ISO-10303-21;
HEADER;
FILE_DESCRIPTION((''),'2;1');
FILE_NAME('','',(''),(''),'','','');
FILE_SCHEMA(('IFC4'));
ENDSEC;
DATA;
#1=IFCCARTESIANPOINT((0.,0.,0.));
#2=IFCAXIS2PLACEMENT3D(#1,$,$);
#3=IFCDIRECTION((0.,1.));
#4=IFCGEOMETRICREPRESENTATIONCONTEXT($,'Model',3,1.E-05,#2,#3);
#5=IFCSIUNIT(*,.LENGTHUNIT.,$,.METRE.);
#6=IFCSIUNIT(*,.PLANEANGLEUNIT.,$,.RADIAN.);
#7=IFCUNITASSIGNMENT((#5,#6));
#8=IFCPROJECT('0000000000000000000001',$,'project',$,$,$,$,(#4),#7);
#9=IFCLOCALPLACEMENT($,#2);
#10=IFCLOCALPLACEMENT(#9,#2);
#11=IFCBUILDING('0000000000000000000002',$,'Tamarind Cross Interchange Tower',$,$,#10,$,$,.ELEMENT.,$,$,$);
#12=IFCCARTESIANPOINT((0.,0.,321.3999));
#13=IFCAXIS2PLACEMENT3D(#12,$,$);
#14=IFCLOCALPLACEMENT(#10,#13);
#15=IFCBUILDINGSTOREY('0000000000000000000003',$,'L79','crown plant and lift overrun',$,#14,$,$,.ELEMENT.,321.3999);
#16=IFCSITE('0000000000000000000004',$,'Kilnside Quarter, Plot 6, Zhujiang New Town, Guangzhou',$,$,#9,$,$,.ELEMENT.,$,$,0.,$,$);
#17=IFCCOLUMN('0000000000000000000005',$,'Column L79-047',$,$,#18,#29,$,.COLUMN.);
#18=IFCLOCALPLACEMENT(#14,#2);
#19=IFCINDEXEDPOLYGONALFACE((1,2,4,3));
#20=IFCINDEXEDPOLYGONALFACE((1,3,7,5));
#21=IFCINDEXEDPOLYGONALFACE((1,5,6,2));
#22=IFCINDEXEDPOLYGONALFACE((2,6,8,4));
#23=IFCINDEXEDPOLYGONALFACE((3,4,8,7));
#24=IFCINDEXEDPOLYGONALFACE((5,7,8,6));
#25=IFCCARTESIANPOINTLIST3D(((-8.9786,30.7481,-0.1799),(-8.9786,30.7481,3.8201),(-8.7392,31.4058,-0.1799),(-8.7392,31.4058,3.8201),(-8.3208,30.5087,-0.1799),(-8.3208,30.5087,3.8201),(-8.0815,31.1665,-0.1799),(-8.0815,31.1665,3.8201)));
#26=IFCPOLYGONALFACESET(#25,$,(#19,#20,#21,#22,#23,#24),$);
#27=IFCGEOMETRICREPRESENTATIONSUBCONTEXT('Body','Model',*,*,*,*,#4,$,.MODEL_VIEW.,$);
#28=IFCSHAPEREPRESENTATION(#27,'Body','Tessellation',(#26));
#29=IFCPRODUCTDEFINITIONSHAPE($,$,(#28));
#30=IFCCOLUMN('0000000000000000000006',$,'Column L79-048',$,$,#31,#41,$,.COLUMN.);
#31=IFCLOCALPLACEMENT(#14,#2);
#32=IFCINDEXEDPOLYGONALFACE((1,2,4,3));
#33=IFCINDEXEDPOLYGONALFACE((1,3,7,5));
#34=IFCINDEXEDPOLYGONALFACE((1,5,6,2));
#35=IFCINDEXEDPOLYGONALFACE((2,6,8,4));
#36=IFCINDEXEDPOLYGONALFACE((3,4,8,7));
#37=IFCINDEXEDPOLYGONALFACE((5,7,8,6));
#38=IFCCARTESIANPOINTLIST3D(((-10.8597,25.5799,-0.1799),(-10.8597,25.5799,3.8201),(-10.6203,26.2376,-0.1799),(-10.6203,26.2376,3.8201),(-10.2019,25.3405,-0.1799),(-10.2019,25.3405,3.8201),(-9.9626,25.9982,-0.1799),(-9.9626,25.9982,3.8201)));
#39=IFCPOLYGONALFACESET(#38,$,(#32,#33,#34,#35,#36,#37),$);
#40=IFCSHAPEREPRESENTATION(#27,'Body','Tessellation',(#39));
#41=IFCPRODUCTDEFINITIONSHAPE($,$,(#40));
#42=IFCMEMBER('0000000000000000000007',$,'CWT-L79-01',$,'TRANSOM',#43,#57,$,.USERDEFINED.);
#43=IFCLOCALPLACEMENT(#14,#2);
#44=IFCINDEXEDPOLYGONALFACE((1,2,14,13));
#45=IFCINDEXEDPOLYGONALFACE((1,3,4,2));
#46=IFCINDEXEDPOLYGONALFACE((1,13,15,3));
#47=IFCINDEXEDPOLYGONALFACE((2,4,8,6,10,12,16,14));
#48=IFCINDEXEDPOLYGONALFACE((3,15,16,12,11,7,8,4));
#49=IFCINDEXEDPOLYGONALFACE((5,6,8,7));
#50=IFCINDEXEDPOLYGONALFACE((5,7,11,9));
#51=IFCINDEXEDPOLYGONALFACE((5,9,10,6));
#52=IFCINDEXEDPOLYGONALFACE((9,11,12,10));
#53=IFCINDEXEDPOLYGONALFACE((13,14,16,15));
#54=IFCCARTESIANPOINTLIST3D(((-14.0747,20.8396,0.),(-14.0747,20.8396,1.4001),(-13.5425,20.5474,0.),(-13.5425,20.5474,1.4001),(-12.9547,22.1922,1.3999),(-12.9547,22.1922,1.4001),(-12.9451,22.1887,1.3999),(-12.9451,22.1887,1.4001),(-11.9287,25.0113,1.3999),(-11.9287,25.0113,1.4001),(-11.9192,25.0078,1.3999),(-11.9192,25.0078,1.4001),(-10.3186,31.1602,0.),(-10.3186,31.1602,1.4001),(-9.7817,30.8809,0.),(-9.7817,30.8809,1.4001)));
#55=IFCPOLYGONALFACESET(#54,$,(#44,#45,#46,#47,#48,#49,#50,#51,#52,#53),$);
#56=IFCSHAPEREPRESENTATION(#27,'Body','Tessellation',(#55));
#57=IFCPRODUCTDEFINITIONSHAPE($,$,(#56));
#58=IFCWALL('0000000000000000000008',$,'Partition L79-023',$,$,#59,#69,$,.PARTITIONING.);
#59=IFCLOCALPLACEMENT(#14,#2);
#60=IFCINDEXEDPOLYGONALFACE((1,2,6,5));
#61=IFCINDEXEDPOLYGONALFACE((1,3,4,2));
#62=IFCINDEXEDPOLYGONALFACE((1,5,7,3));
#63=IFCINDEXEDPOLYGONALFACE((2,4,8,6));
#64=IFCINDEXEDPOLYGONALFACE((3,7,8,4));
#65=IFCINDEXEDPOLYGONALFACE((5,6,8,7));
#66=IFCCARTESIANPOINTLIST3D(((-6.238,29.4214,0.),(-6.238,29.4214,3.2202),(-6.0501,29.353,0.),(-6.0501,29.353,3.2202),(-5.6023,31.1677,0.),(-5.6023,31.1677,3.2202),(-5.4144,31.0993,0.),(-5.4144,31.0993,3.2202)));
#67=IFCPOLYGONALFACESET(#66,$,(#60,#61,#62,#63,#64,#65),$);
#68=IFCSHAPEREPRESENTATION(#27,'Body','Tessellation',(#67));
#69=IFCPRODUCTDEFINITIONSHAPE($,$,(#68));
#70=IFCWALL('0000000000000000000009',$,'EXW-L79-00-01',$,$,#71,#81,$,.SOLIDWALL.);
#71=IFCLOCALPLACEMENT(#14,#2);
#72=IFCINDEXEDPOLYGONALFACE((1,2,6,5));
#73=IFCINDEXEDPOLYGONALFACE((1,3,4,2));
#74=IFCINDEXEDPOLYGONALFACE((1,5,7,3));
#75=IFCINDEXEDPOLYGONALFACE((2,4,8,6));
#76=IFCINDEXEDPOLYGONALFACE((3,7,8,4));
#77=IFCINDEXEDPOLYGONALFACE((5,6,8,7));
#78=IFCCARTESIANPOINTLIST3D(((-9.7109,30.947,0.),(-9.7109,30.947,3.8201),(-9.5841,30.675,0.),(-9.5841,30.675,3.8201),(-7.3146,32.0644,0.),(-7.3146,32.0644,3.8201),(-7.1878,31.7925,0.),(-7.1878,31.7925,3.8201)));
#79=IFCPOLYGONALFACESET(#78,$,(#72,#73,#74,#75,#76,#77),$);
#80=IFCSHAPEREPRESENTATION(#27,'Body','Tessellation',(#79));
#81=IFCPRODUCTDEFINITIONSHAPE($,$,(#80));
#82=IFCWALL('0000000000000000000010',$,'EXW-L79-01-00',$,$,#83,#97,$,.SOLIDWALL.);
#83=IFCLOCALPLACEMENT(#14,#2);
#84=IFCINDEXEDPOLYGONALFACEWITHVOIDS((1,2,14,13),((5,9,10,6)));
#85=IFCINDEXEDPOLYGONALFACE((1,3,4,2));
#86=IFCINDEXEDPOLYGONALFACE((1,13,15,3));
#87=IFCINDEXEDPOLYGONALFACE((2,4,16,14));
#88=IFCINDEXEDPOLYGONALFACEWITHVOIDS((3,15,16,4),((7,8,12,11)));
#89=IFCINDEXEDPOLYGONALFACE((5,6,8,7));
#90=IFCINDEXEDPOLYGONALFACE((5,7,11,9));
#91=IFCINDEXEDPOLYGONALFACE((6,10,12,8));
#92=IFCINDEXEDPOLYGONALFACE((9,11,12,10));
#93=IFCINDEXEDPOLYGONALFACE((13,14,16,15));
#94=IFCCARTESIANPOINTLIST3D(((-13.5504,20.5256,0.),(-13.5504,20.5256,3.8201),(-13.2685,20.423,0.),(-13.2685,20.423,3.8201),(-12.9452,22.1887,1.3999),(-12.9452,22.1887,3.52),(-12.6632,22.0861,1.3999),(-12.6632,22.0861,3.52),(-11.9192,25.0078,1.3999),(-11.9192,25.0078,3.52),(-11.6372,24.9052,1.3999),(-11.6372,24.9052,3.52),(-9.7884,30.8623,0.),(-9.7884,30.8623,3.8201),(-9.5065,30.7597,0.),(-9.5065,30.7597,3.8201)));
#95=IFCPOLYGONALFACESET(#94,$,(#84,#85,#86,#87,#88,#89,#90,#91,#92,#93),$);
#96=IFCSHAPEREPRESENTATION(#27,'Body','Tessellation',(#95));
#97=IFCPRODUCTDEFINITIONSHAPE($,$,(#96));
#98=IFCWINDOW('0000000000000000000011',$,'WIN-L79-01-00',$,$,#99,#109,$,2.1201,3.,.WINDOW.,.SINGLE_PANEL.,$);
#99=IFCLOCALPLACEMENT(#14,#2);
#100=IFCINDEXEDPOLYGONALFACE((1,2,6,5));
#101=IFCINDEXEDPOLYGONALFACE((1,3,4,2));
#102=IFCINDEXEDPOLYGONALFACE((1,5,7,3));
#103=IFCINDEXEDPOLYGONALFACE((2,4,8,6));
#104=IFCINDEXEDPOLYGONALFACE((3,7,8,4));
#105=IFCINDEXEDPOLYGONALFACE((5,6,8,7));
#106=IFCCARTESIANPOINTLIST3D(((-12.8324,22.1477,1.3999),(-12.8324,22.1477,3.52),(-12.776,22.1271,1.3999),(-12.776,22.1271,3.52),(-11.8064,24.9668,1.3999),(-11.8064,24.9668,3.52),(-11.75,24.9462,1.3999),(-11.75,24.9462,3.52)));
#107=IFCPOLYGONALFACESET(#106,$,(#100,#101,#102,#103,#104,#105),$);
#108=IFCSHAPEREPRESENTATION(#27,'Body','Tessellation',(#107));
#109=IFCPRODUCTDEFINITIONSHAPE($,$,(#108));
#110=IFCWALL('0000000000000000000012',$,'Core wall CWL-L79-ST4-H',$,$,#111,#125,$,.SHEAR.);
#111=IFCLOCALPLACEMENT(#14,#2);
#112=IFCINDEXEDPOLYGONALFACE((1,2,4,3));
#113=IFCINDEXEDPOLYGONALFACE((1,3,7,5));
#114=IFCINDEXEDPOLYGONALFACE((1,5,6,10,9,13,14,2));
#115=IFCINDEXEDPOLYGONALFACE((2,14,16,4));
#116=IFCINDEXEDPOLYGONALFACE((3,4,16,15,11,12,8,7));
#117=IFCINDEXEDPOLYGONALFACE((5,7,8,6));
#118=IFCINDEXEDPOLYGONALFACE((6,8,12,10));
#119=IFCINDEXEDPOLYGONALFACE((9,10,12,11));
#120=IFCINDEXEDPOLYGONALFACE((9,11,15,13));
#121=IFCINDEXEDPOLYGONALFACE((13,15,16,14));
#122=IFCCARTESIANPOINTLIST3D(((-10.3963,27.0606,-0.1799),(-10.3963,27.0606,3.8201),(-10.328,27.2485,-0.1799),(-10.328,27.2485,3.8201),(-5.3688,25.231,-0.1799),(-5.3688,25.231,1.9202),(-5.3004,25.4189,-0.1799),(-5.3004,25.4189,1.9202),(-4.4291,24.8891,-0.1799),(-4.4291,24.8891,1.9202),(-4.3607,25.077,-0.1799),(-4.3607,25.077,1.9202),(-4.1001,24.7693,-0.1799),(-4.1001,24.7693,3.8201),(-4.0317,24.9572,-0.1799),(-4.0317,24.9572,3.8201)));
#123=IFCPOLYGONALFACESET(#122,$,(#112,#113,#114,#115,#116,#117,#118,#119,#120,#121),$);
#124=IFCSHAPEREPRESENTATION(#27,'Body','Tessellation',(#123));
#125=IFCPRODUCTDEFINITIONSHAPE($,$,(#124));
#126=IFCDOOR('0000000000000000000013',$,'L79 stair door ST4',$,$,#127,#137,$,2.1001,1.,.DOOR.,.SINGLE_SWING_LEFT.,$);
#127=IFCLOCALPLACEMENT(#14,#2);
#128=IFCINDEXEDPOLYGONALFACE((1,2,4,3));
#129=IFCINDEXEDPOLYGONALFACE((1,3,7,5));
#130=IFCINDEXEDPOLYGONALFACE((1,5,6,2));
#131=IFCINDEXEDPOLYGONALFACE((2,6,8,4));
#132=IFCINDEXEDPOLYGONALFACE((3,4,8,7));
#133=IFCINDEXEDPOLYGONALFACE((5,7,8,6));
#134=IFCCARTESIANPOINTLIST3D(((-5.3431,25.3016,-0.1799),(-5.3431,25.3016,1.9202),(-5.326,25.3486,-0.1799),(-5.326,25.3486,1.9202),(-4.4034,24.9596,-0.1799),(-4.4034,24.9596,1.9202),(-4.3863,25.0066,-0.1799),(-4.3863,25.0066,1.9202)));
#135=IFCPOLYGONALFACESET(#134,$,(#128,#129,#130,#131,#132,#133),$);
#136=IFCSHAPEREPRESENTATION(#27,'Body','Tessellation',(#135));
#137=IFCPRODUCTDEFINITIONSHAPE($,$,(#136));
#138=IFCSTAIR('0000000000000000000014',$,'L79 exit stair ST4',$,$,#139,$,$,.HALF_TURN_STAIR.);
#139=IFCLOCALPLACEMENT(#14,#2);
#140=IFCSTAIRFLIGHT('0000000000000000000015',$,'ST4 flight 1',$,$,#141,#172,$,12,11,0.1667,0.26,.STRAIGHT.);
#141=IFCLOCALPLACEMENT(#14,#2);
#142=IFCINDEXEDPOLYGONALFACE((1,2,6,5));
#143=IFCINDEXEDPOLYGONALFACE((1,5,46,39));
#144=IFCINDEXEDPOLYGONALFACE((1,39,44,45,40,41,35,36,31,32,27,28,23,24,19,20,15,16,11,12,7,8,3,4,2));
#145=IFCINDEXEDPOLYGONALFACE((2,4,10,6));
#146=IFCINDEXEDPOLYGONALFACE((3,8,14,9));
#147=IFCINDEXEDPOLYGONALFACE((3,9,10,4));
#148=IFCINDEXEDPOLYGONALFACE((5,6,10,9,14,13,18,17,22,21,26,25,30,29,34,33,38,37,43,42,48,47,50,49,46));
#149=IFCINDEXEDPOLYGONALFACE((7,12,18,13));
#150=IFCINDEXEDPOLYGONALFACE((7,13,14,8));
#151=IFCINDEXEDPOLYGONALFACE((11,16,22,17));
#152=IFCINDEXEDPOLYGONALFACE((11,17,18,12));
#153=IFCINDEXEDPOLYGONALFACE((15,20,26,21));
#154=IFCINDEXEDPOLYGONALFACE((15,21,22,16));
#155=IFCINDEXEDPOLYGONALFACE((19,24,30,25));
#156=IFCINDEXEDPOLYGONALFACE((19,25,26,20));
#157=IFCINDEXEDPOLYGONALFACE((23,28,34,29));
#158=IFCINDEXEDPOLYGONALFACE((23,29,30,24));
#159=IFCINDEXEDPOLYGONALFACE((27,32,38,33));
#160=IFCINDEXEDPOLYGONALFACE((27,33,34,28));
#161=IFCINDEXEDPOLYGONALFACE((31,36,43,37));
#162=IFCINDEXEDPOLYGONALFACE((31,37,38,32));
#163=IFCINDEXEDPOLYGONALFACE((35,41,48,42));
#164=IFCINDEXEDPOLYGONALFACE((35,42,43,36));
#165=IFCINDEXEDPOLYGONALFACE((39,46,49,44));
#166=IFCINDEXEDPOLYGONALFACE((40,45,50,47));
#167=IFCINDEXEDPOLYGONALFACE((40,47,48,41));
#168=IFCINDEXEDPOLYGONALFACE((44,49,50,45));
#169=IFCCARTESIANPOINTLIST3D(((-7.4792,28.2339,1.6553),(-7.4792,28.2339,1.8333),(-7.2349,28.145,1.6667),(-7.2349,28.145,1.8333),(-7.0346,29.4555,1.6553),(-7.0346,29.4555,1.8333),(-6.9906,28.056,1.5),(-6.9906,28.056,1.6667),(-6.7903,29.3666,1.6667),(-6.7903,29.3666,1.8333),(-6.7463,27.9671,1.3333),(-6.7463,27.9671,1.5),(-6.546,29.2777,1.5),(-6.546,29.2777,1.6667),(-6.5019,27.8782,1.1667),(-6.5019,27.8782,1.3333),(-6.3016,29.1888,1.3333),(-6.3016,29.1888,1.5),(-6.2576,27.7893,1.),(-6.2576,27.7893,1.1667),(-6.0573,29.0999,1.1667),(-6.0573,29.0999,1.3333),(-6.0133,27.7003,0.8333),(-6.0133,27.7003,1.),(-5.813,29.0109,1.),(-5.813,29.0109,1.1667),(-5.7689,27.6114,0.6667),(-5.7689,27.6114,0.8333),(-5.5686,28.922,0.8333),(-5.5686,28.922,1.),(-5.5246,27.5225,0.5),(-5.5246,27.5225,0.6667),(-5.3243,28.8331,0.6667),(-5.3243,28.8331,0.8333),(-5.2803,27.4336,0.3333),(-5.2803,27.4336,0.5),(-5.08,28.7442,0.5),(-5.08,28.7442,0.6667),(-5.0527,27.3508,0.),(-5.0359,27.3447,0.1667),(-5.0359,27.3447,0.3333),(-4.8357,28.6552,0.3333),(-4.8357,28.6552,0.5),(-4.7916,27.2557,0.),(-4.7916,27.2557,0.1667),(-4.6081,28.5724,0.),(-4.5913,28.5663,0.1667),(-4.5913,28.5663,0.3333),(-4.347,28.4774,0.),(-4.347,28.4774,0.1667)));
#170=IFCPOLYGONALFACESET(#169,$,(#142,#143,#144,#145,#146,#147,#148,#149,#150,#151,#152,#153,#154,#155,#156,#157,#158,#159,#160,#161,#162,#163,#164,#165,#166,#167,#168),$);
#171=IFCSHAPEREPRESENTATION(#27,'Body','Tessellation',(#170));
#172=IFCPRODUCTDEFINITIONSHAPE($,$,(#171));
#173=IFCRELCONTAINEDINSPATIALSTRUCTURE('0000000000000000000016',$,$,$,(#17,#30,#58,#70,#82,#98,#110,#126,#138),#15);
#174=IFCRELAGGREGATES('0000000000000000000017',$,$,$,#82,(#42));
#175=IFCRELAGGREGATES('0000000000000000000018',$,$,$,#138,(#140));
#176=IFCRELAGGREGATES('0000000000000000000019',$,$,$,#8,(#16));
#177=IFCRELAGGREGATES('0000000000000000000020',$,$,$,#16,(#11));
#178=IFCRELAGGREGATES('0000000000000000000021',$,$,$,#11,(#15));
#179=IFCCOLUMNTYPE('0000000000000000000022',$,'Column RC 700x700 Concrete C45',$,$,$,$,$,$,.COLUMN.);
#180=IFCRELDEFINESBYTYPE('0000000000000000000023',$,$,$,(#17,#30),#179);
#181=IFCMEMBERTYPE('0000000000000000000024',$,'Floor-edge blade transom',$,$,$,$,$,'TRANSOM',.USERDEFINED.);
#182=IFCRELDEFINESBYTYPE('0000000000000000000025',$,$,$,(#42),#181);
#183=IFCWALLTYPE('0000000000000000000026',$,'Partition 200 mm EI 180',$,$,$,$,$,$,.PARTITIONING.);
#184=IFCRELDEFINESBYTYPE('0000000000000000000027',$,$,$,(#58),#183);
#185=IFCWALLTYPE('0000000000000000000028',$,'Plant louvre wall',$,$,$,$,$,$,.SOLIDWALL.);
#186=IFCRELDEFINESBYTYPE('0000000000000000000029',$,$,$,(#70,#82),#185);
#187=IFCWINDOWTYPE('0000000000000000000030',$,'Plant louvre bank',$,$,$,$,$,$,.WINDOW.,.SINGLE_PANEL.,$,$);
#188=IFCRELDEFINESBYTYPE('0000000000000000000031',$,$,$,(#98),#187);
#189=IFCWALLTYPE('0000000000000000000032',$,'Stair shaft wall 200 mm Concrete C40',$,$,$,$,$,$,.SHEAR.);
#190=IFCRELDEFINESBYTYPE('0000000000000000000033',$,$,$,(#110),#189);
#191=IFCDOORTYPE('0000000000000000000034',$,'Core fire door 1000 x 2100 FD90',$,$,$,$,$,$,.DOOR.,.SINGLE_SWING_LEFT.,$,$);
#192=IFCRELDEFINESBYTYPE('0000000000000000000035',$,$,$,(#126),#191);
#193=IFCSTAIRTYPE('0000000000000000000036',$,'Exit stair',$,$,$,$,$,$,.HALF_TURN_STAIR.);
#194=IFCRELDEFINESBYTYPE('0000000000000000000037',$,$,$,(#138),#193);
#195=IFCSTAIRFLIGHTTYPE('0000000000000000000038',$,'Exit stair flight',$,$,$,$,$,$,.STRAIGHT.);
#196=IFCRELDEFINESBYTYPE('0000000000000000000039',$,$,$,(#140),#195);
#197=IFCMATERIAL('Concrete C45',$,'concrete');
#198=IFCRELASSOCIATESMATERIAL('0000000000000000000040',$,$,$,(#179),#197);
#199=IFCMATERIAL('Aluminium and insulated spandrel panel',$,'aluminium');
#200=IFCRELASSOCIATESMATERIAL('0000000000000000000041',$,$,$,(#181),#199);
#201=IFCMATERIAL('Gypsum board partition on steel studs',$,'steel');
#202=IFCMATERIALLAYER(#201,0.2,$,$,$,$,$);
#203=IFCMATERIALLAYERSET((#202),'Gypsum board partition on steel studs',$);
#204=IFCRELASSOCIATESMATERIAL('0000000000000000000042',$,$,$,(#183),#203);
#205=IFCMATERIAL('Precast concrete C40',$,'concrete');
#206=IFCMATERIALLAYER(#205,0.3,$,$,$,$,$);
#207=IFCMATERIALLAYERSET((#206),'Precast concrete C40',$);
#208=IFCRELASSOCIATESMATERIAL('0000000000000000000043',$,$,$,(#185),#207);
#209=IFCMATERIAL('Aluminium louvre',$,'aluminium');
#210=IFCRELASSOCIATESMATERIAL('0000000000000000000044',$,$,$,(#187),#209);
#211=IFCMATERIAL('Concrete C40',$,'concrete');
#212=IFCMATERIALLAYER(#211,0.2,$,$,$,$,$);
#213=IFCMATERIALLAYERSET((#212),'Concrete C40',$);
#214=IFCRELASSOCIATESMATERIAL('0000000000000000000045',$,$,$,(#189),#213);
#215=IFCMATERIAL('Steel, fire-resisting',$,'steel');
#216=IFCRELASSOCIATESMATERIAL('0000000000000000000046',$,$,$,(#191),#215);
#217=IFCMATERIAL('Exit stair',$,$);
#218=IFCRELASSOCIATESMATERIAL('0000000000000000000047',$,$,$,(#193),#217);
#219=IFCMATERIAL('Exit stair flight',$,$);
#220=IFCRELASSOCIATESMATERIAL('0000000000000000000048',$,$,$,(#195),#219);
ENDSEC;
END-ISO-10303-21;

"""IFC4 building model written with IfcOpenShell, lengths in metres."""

from ifc_helpers import new_model, si_unit, direction, frame, frame_2d, origin, origin_2d, place, context, subcontext, project, spatial, polyline, rectangle, outline, extrude, material, layer, layer_set, material_profile, profile_set, type_object, element, fill, aggregate, save


model = new_model("IFC4")

# Units and contexts
model_context = context("Model", 3, precision=1e-05, world=origin(), true_north=direction((0.0, 1.0)))
body_context = subcontext(model_context, "Body", "Model", "MODEL_VIEW")
ifc_project = project(units=[si_unit("LENGTHUNIT", "METRE"), si_unit("PLANEANGLEUNIT", "RADIAN")], contexts=[model_context])

# Site, building, storey
site_placement = place(None, origin())
site = spatial("IfcSite", under=ifc_project, at=site_placement, Name="Kilnside Quarter, Plot 6, Zhujiang New Town, Guangzhou", CompositionType="ELEMENT", RefElevation=0.0)
building_placement = place(site_placement, origin())
building = spatial("IfcBuilding", under=site, at=building_placement, Name="Tamarind Cross Interchange Tower", CompositionType="ELEMENT")
storey_placement = place(building_placement, frame((0.0, 0.0, 321.3999)))
storey = spatial("IfcBuildingStorey", under=building, at=storey_placement, Name="L79", Description="crown plant and lift overrun", CompositionType="ELEMENT", Elevation=321.3999)

# Columns
ifc_material_1 = material(Name="Concrete C45", Category="concrete")
ifc_material_profile = material_profile(ifc_material_1, rectangle(XDim=0.7, YDim=0.7, at=origin_2d()), Name="RC 700x700")
ifc_profile_set = profile_set([ifc_material_profile], Name="Concrete C45")
column_type = type_object("IfcColumnType", Name="Column RC 700x700 Concrete C45", PredefinedType="COLUMN", material=ifc_profile_set)
for number, where, z_axis, x_axis, name in (
    (1, (-8.53, 30.9573, -0.1799), (0.0, 0.0, 1.0), (0.341994, 0.939702, 0.0), "Column L79-047"),
    (2, (-10.4111, 25.7891, -0.1799), (0.0, 0.0, 1.0), (0.341994, 0.939702, 0.0), "Column L79-048"),
):
    element("IfcColumn", number, at=place(storey_placement, frame(where, z_axis=z_axis, x_axis=x_axis)), inside=storey, type_object=column_type, Name=name, PredefinedType="COLUMN", context=body_context, shape_type="SweptSolid", body=[
        extrude(rectangle(XDim=0.7, YDim=0.7, at=origin_2d()), origin(), (0.0, 0.0, 1.0), 4.0),
    ])

# Member
ifc_material_2 = material(Name="Aluminium and insulated spandrel panel", Category="aluminium")
member_type = type_object("IfcMemberType", Name="Floor-edge blade transom", ElementType="TRANSOM", PredefinedType="USERDEFINED", material=ifc_material_2)
member_placement = place(storey_placement, origin())
member = element("IfcMember", 3, at=member_placement, type_object=member_type, Name="CWT-L79-01", ObjectType="TRANSOM", PredefinedType="USERDEFINED", context=body_context, shape_type="SweptSolid", body=[
    extrude(outline(polyline([(-9.7817, 30.8809), (-13.5425, 20.5474), (-14.0747, 20.8396), (-10.3186, 31.1602), (-9.7817, 30.8809)])), origin(), (0.0, 0.0, 1.0), 1.4001),
])

# Walls
ifc_material_3 = material(Name="Gypsum board partition on steel studs", Category="steel")
ifc_layer_1 = layer(ifc_material_3, 0.2)
ifc_layer_set_1 = layer_set([ifc_layer_1], Name="Gypsum board partition on steel studs")
wall_type_1 = type_object("IfcWallType", Name="Partition 200 mm EI 180", PredefinedType="PARTITIONING", material=ifc_layer_set_1)
wall_1_placement = place(storey_placement, frame((-6.144, 29.3872, 0.0), z_axis=(0.0, 0.0, 1.0), x_axis=(0.342081, 0.939671, 0.0)))
element("IfcWall", 4, at=wall_1_placement, inside=storey, type_object=wall_type_1, Name="Partition L79-023", PredefinedType="PARTITIONING", context=body_context, shape_type="SweptSolid", body=[
    extrude(rectangle(XDim=1.8584, YDim=0.2, at=frame_2d((0.9292, 0.0))), origin(), (0.0, 0.0, 1.0), 3.2202),
])
ifc_material_4 = material(Name="Precast concrete C40", Category="concrete")
ifc_layer_2 = layer(ifc_material_4, 0.3)
ifc_layer_set_2 = layer_set([ifc_layer_2], Name="Precast concrete C40")
wall_type_2 = type_object("IfcWallType", Name="Plant louvre wall", PredefinedType="SOLIDWALL", material=ifc_layer_set_2)
wall_2_placement = place(storey_placement, frame((-7.2512, 31.9285, 0.0), z_axis=(0.0, 0.0, 1.0), x_axis=(-0.906301, -0.422633, 0.0)))
element("IfcWall", 5, at=wall_2_placement, inside=storey, type_object=wall_type_2, Name="EXW-L79-00-01", PredefinedType="SOLIDWALL", context=body_context, shape_type="SweptSolid", body=[
    extrude(rectangle(XDim=2.644, YDim=0.3, at=frame_2d((1.322, 0.0))), origin(), (0.0, 0.0, 1.0), 3.8201),
])

# Wall, opening, window
wall_3_placement = place(storey_placement, frame((-9.6475, 30.811, 0.0), z_axis=(0.0, 0.0, 1.0), x_axis=(-0.341998, -0.939701, 0.0)))
wall_3 = element("IfcWall", 6, at=wall_3_placement, inside=storey, type_object=wall_type_2, Name="EXW-L79-01-00", PredefinedType="SOLIDWALL", context=body_context, shape_type="SweptSolid", body=[
    extrude(rectangle(XDim=11.0, YDim=0.3, at=frame_2d((5.5, 0.0))), origin(), (0.0, 0.0, 1.0), 3.8201),
])
opening_1_placement = place(wall_3_placement, frame((6.2302, 0.0, 1.3999)))
opening_1 = element("IfcOpeningElement", 7, at=opening_1_placement, cuts=wall_3, PredefinedType="OPENING", context=body_context, shape_type="SweptSolid", body=[
    extrude(rectangle(XDim=3.0, YDim=2.1201, at=frame_2d((1.5, 1.0601))), frame((0.0, 0.1599, 0.0), z_axis=(0.0, -1.0, 0.0), x_axis=(1.0, 0.0, 0.0)), (0.0, 0.0, 1.0), 0.3201),
])
ifc_material_5 = material(Name="Aluminium louvre", Category="aluminium")
window_type = type_object("IfcWindowType", Name="Plant louvre bank", PartitioningType="SINGLE_PANEL", PredefinedType="WINDOW", material=ifc_material_5)
window_placement = place(opening_1_placement, origin())
window = element("IfcWindow", 8, at=window_placement, inside=storey, type_object=window_type, Name="WIN-L79-01-00", OverallHeight=2.1201, OverallWidth=3.0, PartitioningType="SINGLE_PANEL", PredefinedType="WINDOW", context=body_context, shape_type="SweptSolid", body=[
    extrude(rectangle(XDim=3.0, YDim=2.1201, at=frame_2d((1.5, 1.0601))), frame((0.0, 0.03, 0.0), z_axis=(0.0, -1.0, 0.0), x_axis=(1.0, 0.0, 0.0)), (0.0, 0.0, 1.0), 0.0601),
])
fill(opening_1, window)
aggregate(wall_3, [member])

# Wall, opening, door
ifc_material_6 = material(Name="Concrete C40", Category="concrete")
ifc_layer_3 = layer(ifc_material_6, 0.2)
ifc_layer_set_3 = layer_set([ifc_layer_3], Name="Concrete C40")
wall_type_3 = type_object("IfcWallType", Name="Stair shaft wall 200 mm Concrete C40", PredefinedType="SHEAR", material=ifc_layer_set_3)
wall_4_placement = place(storey_placement, frame((-4.0659, 24.8633, -0.1799), z_axis=(0.0, 0.0, 1.0), x_axis=(-0.939709, 0.341974, 0.0)))
wall_4 = element("IfcWall", 9, at=wall_4_placement, inside=storey, type_object=wall_type_3, Name="Core wall CWL-L79-ST4-H", PredefinedType="SHEAR", context=body_context, shape_type="SweptSolid", body=[
    extrude(rectangle(XDim=6.7002, YDim=0.2, at=frame_2d((3.3501, 0.0))), origin(), (0.0, 0.0, 1.0), 4.0),
])
opening_2_placement = place(wall_4_placement, frame((0.3501, 0.0, 0.0)))
opening_2 = element("IfcOpeningElement", 10, at=opening_2_placement, cuts=wall_4, PredefinedType="OPENING", context=body_context, shape_type="SweptSolid", body=[
    extrude(rectangle(XDim=1.0, YDim=2.1001, at=frame_2d((0.5, 1.05))), frame((0.0, 0.1099, 0.0), z_axis=(0.0, -1.0, 0.0), x_axis=(1.0, 0.0, 0.0)), (0.0, 0.0, 1.0), 0.22),
])
ifc_material_7 = material(Name="Steel, fire-resisting", Category="steel")
door_type = type_object("IfcDoorType", Name="Core fire door 1000 x 2100 FD90", OperationType="SINGLE_SWING_LEFT", PredefinedType="DOOR", material=ifc_material_7)
door_placement = place(opening_2_placement, origin())
door = element("IfcDoor", 11, at=door_placement, inside=storey, type_object=door_type, Name="L79 stair door ST4", OperationType="SINGLE_SWING_LEFT", OverallHeight=2.1001, OverallWidth=1.0, PredefinedType="DOOR", context=body_context, shape_type="SweptSolid", body=[
    extrude(rectangle(XDim=1.0, YDim=2.1001, at=frame_2d((0.5, 1.05))), frame((0.0, 0.0249, 0.0), z_axis=(0.0, -1.0, 0.0), x_axis=(1.0, 0.0, 0.0)), (0.0, 0.0, 1.0), 0.05),
])
fill(opening_2, door)

# Stair, stair flight
ifc_material_8 = material(Name="Exit stair")
stair_type = type_object("IfcStairType", Name="Exit stair", PredefinedType="HALF_TURN_STAIR", material=ifc_material_8)
stair_placement = place(storey_placement, origin())
stair = element("IfcStair", 12, at=stair_placement, inside=storey, type_object=stair_type, Name="L79 exit stair ST4", PredefinedType="HALF_TURN_STAIR")
ifc_material_9 = material(Name="Exit stair flight")
stair_flight_type = type_object("IfcStairFlightType", Name="Exit stair flight", PredefinedType="STRAIGHT", material=ifc_material_9)
stair_flight_1_placement = place(storey_placement, frame((-4.5693, 27.8665, 0.0), z_axis=(0.0, 0.0, 1.0), x_axis=(-0.939702, 0.341994, 0.0)))
stair_flight_1 = element("IfcStairFlight", 13, at=stair_flight_1_placement, type_object=stair_flight_type, Name="ST4 flight 1", NumberOfRisers=12, NumberOfTreads=11, PredefinedType="STRAIGHT", RiserHeight=0.1667, TreadLength=0.26, context=body_context, shape_type="SweptSolid", body=[
    extrude(outline(polyline([(0.0, 0.0), (0.0, 0.1667), (0.26, 0.1667), (0.26, 0.3333), (0.52, 0.3333), (0.52, 0.5), (0.78, 0.5), (0.78, 0.6667), (1.04, 0.6667), (1.04, 0.8333), (1.3, 0.8333), (1.3, 1.0), (1.5601, 1.0), (1.5601, 1.1667), (1.8201, 1.1667), (1.8201, 1.3333), (2.0801, 1.3333), (2.0801, 1.5), (2.3401, 1.5), (2.3401, 1.6667), (2.6001, 1.6667), (2.6001, 1.8333), (2.8601, 1.8333), (2.8601, 2.0), (2.8601, 1.6553), (0.2778, 0.0), (0.0, 0.0)])), frame((0.0, 0.6499, 0.0), z_axis=(0.0, -1.0, 0.0), x_axis=(1.0, 0.0, 0.0)), (0.0, 0.0, 1.0), 1.3),
])
aggregate(stair, [stair_flight_1])

save(model, "model.ifc")
